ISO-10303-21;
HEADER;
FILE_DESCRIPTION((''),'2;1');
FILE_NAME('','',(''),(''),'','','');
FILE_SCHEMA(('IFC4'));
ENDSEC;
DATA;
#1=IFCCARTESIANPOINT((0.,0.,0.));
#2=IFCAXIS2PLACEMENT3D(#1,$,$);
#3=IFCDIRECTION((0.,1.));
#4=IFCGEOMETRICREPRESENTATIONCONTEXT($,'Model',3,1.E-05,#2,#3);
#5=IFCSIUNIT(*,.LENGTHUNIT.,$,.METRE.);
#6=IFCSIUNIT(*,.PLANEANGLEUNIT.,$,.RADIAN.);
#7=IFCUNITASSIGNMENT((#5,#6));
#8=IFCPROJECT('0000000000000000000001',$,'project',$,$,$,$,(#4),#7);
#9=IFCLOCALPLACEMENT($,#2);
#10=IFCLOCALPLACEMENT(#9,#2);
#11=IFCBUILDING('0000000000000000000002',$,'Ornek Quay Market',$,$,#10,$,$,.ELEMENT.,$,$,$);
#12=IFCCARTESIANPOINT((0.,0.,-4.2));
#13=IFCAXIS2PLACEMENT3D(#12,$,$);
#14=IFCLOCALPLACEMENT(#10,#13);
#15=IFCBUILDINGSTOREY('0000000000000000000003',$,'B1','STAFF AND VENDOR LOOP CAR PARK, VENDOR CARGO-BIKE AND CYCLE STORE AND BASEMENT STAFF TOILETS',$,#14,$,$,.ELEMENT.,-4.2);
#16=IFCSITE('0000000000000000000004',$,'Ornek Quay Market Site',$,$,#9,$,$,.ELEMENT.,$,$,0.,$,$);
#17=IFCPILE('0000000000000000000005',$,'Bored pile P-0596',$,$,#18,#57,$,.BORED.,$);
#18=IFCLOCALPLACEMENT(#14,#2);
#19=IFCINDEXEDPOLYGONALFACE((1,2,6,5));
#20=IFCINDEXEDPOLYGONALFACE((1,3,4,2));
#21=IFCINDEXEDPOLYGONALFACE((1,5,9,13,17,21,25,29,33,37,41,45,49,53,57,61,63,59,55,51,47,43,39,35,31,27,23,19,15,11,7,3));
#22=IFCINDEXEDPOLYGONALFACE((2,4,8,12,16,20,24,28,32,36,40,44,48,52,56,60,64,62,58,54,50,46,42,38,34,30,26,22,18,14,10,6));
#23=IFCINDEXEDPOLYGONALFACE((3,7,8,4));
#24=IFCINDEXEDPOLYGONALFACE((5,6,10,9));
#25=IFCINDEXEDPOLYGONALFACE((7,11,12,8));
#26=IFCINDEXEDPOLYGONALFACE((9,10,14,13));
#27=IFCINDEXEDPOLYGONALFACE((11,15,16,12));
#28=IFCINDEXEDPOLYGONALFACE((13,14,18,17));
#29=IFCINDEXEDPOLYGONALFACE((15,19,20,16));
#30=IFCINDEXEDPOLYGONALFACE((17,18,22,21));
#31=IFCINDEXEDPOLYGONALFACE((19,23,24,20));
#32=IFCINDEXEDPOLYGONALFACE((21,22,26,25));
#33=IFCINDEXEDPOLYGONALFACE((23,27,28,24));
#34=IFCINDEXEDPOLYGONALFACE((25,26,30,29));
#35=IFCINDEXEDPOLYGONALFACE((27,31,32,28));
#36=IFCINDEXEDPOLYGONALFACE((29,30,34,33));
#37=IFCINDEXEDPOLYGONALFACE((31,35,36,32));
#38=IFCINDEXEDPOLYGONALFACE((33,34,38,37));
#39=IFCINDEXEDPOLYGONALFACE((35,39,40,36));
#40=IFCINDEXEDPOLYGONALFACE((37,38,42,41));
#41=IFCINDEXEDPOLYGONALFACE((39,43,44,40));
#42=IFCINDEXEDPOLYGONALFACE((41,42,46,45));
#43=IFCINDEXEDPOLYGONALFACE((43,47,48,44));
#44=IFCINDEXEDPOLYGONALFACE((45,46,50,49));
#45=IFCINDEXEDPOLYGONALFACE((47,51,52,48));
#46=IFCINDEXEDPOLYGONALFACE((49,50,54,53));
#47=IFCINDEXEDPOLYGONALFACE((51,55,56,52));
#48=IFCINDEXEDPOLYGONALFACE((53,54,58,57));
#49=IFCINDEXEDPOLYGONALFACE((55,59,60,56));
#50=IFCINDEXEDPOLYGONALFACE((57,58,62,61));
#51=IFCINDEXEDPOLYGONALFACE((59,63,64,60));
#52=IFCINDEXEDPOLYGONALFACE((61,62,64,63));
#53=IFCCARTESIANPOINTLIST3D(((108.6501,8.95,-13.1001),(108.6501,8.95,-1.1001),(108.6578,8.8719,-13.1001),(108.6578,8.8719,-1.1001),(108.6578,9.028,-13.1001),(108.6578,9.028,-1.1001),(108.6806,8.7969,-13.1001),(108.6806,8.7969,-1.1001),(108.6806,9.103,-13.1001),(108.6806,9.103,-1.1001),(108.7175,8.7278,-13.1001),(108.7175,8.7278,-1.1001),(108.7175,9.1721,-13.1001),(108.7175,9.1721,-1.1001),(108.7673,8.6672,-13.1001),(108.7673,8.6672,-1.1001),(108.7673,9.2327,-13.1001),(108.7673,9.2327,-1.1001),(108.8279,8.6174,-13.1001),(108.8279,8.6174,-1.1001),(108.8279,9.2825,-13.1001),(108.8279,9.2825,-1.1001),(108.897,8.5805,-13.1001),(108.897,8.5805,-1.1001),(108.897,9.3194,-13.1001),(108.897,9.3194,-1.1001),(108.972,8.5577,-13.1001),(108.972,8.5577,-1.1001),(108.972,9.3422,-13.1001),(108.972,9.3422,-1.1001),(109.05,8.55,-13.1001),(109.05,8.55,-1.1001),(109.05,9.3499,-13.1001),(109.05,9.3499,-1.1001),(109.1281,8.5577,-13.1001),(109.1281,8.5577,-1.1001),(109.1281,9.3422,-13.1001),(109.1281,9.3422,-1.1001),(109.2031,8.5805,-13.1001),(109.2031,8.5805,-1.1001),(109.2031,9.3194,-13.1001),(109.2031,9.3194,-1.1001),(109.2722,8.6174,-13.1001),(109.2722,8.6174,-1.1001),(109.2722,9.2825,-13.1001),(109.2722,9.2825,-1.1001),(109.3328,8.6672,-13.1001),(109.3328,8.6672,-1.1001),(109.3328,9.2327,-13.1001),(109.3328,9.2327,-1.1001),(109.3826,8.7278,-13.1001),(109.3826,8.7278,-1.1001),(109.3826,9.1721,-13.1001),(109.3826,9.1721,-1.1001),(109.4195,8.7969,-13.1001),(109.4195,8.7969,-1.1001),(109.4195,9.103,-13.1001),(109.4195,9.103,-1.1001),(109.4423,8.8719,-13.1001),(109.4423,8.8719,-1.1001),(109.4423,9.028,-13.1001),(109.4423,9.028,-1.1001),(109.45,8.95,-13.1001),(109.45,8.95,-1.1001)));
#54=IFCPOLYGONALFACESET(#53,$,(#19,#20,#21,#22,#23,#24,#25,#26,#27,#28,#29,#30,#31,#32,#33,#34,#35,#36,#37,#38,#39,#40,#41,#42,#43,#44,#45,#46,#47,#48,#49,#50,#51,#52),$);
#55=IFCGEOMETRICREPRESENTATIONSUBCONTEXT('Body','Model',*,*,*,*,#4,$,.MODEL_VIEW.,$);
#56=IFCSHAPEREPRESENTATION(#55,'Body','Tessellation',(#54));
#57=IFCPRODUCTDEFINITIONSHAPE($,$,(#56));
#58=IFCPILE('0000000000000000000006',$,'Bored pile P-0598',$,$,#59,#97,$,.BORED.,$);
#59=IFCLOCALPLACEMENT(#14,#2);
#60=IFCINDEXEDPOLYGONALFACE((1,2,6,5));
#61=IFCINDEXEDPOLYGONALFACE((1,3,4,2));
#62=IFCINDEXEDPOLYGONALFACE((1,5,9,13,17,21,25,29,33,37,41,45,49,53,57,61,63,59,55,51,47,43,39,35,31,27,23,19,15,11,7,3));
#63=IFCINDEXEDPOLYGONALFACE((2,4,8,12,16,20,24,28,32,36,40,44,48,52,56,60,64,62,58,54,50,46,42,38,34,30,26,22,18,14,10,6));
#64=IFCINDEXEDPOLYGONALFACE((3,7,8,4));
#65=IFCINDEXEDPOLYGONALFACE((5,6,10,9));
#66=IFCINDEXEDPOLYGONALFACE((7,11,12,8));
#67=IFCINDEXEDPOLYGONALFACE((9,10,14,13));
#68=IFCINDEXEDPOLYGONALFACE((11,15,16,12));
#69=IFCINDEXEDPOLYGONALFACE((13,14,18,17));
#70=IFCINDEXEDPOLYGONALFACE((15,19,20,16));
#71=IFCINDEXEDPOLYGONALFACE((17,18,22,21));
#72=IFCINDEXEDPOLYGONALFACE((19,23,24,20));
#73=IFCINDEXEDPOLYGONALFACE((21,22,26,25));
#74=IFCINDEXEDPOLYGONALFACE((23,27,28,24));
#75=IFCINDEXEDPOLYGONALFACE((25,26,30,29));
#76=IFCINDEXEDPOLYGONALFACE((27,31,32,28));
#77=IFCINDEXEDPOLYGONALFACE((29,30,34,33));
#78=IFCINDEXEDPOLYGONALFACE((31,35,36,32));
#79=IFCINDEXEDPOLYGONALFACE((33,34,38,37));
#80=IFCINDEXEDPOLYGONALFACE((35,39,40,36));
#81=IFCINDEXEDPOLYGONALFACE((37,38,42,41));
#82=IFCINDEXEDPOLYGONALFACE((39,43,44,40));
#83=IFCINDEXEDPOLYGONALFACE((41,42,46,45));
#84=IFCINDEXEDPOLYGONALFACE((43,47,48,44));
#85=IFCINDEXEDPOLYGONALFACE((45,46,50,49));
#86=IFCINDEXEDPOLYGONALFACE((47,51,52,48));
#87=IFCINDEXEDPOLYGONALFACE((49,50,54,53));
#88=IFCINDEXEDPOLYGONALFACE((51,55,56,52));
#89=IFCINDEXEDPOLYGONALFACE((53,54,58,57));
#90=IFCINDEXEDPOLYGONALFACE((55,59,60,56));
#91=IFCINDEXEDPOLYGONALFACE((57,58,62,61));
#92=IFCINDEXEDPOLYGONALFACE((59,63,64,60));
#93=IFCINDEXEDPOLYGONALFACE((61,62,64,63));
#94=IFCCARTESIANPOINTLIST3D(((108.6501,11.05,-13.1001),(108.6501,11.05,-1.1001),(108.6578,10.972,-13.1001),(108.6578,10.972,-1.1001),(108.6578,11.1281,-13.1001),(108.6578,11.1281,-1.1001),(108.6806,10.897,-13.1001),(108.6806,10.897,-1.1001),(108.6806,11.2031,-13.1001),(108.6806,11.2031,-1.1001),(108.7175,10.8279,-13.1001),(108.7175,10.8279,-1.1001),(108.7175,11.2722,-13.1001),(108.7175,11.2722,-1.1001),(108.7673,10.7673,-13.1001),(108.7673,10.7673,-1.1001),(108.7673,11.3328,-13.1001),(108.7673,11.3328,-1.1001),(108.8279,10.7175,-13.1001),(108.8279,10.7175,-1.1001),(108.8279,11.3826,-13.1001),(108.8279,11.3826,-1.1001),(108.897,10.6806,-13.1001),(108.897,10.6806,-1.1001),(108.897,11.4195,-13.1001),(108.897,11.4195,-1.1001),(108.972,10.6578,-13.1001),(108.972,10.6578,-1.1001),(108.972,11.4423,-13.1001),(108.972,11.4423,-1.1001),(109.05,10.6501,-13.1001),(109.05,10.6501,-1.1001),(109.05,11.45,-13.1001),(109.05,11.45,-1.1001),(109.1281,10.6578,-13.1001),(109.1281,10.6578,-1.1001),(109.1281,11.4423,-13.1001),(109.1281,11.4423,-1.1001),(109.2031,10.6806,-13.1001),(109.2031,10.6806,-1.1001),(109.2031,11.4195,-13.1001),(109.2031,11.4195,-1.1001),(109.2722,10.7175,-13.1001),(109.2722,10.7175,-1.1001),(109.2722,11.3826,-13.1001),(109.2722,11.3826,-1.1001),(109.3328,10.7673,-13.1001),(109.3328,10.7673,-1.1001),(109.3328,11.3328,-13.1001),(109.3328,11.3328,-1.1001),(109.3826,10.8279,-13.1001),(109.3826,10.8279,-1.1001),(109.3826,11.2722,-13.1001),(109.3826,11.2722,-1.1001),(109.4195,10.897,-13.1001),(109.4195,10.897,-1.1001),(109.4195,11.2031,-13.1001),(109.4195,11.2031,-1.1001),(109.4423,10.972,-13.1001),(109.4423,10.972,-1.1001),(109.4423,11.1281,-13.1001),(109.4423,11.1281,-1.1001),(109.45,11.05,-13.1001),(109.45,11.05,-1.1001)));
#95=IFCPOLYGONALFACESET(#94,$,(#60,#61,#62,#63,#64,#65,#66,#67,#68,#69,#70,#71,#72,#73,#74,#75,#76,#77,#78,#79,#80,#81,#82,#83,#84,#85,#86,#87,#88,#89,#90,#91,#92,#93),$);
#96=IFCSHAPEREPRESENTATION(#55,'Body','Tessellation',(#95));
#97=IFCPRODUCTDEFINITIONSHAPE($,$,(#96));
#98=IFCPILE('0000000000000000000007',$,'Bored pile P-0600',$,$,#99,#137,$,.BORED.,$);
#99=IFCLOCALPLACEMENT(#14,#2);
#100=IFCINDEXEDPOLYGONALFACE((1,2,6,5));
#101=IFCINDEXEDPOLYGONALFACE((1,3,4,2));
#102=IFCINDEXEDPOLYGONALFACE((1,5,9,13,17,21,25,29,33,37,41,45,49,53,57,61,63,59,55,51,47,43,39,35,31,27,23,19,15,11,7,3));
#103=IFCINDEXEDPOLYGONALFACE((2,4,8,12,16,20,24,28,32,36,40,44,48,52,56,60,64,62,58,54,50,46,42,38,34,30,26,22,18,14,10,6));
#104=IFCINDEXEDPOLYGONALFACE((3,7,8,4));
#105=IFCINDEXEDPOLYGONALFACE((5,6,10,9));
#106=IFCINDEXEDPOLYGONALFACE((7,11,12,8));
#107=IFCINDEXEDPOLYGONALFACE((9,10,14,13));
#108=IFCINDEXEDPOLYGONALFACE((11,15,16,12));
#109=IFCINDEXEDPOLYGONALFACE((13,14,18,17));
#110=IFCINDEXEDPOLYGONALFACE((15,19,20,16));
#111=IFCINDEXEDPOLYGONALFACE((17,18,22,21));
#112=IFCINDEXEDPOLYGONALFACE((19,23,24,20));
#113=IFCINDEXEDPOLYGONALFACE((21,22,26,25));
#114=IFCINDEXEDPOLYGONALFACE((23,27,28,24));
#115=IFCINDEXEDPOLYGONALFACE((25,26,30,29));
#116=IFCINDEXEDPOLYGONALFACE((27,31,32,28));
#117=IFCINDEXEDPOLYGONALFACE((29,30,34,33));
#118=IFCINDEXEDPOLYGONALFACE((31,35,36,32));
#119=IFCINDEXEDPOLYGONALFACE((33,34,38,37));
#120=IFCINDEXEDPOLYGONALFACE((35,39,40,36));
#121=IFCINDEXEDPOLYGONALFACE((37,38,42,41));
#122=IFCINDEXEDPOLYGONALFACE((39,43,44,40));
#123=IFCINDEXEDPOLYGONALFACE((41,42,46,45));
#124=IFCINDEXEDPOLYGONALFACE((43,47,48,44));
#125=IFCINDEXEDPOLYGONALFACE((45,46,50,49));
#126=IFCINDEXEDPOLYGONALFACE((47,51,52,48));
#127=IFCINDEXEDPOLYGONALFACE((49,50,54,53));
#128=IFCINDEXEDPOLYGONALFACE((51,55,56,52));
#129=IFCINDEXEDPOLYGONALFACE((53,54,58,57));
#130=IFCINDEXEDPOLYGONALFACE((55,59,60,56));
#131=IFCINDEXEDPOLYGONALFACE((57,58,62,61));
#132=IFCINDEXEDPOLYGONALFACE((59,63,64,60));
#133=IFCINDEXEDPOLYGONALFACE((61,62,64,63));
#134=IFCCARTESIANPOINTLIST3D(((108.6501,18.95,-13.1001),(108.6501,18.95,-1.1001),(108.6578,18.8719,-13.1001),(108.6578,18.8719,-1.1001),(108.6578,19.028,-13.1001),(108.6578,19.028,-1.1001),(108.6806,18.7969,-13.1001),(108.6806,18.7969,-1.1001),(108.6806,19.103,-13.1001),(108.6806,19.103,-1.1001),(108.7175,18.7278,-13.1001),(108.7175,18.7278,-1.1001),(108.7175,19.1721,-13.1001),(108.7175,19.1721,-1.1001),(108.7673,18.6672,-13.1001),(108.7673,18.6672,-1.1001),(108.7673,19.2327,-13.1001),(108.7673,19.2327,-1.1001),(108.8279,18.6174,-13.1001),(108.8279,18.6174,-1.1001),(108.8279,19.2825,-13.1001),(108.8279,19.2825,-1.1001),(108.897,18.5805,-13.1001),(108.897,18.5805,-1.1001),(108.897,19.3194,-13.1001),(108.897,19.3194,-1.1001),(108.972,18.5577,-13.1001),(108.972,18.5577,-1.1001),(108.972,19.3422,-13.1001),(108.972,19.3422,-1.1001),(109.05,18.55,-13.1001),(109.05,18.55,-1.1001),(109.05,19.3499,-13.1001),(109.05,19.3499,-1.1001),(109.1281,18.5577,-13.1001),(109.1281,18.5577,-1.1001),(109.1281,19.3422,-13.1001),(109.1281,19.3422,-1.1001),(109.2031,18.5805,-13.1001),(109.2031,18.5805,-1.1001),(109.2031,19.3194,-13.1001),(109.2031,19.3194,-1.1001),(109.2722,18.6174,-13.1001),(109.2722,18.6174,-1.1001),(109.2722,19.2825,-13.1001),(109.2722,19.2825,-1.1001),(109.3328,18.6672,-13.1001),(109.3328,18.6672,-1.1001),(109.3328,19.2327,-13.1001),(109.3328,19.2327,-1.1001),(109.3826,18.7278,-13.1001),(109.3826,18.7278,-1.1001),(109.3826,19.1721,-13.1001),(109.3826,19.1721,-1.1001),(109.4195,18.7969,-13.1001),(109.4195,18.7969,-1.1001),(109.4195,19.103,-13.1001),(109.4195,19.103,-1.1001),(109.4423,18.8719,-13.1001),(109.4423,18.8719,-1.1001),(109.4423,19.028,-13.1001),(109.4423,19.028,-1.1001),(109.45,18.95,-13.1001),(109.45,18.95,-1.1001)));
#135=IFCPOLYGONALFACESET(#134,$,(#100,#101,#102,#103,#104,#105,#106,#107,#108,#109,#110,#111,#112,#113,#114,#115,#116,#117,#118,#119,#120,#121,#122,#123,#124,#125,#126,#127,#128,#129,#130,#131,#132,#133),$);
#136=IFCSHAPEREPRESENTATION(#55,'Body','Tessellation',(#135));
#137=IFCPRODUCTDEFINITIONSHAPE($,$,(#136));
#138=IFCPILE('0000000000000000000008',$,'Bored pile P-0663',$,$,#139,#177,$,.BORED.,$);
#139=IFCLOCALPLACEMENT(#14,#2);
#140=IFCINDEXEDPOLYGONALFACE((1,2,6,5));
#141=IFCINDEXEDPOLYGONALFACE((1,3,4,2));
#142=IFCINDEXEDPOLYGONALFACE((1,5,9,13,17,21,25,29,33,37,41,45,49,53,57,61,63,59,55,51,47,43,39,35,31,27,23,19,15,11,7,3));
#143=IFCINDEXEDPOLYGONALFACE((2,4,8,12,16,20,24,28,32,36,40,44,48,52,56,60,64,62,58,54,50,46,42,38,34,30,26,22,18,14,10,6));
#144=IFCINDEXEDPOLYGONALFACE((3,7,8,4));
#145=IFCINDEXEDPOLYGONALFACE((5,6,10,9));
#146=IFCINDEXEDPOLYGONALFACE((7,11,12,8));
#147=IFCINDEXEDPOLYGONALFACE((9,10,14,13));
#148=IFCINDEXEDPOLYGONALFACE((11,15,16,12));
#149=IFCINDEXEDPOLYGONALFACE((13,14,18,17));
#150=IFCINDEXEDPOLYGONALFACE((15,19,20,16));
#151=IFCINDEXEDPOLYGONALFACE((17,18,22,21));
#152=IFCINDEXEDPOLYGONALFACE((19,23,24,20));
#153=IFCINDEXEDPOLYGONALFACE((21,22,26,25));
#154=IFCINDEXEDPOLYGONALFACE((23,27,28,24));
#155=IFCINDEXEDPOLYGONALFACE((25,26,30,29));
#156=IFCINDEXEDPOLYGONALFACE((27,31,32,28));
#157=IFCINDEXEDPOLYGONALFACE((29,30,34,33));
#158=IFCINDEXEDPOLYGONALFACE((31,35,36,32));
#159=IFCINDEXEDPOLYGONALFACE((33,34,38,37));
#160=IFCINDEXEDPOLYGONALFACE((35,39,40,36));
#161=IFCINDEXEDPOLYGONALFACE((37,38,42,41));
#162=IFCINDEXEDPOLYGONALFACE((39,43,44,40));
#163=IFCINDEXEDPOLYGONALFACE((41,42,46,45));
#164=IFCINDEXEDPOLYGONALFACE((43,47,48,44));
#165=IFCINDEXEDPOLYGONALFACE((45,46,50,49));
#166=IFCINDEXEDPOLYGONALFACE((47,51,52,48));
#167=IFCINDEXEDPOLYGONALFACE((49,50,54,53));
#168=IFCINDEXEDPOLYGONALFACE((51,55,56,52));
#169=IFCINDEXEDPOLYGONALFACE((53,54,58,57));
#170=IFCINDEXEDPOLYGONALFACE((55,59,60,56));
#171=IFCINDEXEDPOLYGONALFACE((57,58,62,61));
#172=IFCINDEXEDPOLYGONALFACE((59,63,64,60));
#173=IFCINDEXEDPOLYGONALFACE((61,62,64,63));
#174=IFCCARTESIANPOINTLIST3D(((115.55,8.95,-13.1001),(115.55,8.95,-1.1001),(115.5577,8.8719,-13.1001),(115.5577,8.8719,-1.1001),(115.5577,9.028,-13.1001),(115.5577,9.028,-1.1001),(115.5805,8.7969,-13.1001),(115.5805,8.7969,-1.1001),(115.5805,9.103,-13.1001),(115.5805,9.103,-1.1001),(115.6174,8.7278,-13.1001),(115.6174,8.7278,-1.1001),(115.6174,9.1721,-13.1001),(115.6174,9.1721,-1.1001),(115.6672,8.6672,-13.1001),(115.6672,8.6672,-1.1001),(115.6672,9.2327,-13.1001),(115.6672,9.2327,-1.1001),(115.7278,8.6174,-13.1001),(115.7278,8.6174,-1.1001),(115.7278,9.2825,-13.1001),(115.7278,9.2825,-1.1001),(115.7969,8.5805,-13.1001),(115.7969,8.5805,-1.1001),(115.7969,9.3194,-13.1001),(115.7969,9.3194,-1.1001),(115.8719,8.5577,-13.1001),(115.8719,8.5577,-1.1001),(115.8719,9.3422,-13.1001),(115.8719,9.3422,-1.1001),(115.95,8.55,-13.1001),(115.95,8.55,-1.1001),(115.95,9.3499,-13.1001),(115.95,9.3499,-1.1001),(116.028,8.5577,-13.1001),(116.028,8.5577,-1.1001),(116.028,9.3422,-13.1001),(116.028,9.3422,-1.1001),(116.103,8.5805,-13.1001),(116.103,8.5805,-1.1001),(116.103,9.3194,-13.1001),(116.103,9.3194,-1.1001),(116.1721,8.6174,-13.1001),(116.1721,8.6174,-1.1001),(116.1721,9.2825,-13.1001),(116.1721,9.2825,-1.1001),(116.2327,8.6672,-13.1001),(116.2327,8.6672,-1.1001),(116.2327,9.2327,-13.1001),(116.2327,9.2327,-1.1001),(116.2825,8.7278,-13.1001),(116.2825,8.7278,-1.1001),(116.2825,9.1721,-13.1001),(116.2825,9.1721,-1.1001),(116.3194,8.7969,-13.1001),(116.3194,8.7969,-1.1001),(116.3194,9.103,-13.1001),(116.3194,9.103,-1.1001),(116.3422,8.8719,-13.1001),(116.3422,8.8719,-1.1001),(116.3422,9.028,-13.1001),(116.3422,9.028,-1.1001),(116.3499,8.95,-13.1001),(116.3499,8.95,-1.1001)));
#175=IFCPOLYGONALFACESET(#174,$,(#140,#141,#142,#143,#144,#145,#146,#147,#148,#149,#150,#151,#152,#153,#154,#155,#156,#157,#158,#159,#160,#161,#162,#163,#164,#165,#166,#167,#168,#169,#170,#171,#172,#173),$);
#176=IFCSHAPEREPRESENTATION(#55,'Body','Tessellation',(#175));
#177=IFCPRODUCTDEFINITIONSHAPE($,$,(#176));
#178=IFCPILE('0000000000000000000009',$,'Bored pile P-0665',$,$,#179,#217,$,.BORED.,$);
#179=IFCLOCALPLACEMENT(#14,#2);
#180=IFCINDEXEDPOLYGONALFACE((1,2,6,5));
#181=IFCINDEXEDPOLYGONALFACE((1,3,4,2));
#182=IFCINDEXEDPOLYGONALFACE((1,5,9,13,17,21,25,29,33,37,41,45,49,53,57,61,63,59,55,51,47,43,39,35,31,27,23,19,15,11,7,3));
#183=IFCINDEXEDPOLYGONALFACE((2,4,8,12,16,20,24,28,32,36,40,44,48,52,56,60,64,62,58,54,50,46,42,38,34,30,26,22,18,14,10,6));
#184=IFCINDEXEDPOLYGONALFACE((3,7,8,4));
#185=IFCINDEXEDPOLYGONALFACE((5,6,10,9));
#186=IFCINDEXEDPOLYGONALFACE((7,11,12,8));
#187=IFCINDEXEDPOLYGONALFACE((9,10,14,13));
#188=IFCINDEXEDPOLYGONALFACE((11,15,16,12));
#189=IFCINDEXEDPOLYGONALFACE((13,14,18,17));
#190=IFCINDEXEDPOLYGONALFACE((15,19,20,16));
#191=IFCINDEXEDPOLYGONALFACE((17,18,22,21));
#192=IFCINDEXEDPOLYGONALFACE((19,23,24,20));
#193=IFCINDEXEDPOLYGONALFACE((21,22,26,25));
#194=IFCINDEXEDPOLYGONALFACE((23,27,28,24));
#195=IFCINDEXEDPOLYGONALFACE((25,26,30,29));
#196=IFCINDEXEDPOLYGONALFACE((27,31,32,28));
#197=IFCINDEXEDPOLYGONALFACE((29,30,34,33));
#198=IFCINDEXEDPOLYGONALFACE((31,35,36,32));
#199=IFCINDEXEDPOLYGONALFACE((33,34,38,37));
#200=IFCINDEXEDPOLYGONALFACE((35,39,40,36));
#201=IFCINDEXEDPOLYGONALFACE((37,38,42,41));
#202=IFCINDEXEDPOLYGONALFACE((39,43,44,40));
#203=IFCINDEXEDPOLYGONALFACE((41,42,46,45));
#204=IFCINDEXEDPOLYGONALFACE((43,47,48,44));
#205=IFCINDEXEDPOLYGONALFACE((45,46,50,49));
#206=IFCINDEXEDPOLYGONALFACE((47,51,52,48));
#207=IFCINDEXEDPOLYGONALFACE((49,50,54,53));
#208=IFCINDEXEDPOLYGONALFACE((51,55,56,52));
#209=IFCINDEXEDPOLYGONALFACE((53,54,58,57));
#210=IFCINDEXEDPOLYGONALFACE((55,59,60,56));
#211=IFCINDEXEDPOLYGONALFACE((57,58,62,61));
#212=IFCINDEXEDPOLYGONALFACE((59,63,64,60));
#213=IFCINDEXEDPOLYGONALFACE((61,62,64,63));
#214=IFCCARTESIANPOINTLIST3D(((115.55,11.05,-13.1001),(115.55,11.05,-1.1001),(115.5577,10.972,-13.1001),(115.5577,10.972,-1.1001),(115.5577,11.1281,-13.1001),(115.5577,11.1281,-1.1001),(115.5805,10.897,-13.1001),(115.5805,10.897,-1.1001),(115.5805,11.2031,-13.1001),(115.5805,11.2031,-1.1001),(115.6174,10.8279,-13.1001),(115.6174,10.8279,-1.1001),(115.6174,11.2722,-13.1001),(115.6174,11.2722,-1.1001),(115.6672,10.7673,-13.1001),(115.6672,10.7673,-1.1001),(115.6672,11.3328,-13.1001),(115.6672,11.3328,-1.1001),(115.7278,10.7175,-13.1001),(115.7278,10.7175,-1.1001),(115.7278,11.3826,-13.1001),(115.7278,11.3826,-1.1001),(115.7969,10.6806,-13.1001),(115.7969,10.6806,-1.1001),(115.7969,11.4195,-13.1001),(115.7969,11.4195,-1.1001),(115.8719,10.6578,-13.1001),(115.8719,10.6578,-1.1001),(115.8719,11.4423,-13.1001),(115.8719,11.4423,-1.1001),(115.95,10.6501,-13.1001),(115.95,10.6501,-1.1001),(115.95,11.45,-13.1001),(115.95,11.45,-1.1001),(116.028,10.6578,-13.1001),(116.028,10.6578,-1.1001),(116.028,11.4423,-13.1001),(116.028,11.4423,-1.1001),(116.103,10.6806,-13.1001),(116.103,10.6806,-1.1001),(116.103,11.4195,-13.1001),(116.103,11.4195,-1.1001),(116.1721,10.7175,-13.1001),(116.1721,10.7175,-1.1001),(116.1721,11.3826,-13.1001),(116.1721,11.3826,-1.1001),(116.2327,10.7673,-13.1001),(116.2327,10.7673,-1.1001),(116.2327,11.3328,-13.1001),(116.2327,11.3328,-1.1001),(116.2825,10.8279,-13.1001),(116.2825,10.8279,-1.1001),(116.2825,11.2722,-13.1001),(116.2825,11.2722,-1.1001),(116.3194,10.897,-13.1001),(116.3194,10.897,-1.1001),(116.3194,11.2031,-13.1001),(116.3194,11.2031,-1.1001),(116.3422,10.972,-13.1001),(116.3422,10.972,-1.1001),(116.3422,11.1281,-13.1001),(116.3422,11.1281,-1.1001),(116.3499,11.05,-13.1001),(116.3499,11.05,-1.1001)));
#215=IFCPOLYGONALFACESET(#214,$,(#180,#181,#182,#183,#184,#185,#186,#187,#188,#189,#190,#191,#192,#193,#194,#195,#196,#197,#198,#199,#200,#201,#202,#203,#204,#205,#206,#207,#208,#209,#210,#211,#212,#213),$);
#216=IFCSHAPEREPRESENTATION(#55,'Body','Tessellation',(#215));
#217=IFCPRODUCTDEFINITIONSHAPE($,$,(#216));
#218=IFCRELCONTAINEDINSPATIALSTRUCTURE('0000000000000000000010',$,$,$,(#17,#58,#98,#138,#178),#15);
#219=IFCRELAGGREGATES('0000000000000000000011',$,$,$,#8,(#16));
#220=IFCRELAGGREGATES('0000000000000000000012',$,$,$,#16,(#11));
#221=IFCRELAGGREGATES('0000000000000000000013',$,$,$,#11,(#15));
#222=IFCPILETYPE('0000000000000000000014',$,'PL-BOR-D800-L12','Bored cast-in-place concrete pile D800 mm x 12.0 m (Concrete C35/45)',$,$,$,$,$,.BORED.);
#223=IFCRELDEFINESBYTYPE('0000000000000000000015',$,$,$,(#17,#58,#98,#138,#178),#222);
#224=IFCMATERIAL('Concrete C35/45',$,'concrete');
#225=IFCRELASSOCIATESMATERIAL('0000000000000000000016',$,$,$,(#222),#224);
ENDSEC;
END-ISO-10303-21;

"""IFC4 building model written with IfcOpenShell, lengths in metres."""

from ifc_helpers import new_model, si_unit, direction, frame, origin, origin_2d, place, context, subcontext, project, spatial, circle, extrude, material, material_profile, profile_set, type_object, element, save


model = new_model("IFC4")

# Units and contexts
model_context = context("Model", 3, precision=1e-05, world=origin(), true_north=direction((0.0, 1.0)))
body_context = subcontext(model_context, "Body", "Model", "MODEL_VIEW")
ifc_project = project(units=[si_unit("LENGTHUNIT", "METRE"), si_unit("PLANEANGLEUNIT", "RADIAN")], contexts=[model_context])

# Site, building, storey
site_placement = place(None, origin())
site = spatial("IfcSite", under=ifc_project, at=site_placement, Name="Ornek Quay Market Site", CompositionType="ELEMENT", RefElevation=0.0)
building_placement = place(site_placement, origin())
building = spatial("IfcBuilding", under=site, at=building_placement, Name="Ornek Quay Market", CompositionType="ELEMENT")
storey_placement = place(building_placement, frame((0.0, 0.0, -4.2)))
storey = spatial("IfcBuildingStorey", under=building, at=storey_placement, Name="B1", Description="STAFF AND VENDOR LOOP CAR PARK, VENDOR CARGO-BIKE AND CYCLE STORE AND BASEMENT STAFF TOILETS", CompositionType="ELEMENT", Elevation=-4.2)

# Piles
ifc_material_1 = material(Name="Concrete C35/45", Category="concrete")
ifc_material_profile_1 = material_profile(ifc_material_1, circle(Radius=0.3999, at=origin_2d()), Name="PILE D800", Category="concrete")
ifc_profile_set_1 = profile_set([ifc_material_profile_1], Name="Concrete C35/45")
pile_type = type_object("IfcPileType", Name="PL-BOR-D800-L12", Description="Bored cast-in-place concrete pile D800 mm x 12.0 m (Concrete C35/45)", PredefinedType="BORED", material=ifc_profile_set_1)
for number, where, z_axis, x_axis, name in (
    (1, (109.05, 8.95, -1.1001), (0.0, 0.0, -1.0), (1.0, 0.0, 0.0), "Bored pile P-0596"),
    (2, (109.05, 11.05, -1.1001), (0.0, 0.0, -1.0), (1.0, 0.0, 0.0), "Bored pile P-0598"),
    (3, (109.05, 18.95, -1.1001), (0.0, 0.0, -1.0), (1.0, 0.0, 0.0), "Bored pile P-0600"),
    (4, (115.95, 8.95, -1.1001), (0.0, 0.0, -1.0), (1.0, 0.0, 0.0), "Bored pile P-0663"),
    (5, (115.95, 11.05, -1.1001), (0.0, 0.0, -1.0), (1.0, 0.0, 0.0), "Bored pile P-0665"),
):
    element("IfcPile", number, at=place(storey_placement, frame(where, z_axis=z_axis, x_axis=x_axis)), inside=storey, type_object=pile_type, Name=name, PredefinedType="BORED", context=body_context, shape_type="SweptSolid", body=[
        extrude(circle(Radius=0.3999, at=origin_2d()), origin(), (0.0, 0.0, 1.0), 12.0),
    ])

save(model, "model.ifc")
